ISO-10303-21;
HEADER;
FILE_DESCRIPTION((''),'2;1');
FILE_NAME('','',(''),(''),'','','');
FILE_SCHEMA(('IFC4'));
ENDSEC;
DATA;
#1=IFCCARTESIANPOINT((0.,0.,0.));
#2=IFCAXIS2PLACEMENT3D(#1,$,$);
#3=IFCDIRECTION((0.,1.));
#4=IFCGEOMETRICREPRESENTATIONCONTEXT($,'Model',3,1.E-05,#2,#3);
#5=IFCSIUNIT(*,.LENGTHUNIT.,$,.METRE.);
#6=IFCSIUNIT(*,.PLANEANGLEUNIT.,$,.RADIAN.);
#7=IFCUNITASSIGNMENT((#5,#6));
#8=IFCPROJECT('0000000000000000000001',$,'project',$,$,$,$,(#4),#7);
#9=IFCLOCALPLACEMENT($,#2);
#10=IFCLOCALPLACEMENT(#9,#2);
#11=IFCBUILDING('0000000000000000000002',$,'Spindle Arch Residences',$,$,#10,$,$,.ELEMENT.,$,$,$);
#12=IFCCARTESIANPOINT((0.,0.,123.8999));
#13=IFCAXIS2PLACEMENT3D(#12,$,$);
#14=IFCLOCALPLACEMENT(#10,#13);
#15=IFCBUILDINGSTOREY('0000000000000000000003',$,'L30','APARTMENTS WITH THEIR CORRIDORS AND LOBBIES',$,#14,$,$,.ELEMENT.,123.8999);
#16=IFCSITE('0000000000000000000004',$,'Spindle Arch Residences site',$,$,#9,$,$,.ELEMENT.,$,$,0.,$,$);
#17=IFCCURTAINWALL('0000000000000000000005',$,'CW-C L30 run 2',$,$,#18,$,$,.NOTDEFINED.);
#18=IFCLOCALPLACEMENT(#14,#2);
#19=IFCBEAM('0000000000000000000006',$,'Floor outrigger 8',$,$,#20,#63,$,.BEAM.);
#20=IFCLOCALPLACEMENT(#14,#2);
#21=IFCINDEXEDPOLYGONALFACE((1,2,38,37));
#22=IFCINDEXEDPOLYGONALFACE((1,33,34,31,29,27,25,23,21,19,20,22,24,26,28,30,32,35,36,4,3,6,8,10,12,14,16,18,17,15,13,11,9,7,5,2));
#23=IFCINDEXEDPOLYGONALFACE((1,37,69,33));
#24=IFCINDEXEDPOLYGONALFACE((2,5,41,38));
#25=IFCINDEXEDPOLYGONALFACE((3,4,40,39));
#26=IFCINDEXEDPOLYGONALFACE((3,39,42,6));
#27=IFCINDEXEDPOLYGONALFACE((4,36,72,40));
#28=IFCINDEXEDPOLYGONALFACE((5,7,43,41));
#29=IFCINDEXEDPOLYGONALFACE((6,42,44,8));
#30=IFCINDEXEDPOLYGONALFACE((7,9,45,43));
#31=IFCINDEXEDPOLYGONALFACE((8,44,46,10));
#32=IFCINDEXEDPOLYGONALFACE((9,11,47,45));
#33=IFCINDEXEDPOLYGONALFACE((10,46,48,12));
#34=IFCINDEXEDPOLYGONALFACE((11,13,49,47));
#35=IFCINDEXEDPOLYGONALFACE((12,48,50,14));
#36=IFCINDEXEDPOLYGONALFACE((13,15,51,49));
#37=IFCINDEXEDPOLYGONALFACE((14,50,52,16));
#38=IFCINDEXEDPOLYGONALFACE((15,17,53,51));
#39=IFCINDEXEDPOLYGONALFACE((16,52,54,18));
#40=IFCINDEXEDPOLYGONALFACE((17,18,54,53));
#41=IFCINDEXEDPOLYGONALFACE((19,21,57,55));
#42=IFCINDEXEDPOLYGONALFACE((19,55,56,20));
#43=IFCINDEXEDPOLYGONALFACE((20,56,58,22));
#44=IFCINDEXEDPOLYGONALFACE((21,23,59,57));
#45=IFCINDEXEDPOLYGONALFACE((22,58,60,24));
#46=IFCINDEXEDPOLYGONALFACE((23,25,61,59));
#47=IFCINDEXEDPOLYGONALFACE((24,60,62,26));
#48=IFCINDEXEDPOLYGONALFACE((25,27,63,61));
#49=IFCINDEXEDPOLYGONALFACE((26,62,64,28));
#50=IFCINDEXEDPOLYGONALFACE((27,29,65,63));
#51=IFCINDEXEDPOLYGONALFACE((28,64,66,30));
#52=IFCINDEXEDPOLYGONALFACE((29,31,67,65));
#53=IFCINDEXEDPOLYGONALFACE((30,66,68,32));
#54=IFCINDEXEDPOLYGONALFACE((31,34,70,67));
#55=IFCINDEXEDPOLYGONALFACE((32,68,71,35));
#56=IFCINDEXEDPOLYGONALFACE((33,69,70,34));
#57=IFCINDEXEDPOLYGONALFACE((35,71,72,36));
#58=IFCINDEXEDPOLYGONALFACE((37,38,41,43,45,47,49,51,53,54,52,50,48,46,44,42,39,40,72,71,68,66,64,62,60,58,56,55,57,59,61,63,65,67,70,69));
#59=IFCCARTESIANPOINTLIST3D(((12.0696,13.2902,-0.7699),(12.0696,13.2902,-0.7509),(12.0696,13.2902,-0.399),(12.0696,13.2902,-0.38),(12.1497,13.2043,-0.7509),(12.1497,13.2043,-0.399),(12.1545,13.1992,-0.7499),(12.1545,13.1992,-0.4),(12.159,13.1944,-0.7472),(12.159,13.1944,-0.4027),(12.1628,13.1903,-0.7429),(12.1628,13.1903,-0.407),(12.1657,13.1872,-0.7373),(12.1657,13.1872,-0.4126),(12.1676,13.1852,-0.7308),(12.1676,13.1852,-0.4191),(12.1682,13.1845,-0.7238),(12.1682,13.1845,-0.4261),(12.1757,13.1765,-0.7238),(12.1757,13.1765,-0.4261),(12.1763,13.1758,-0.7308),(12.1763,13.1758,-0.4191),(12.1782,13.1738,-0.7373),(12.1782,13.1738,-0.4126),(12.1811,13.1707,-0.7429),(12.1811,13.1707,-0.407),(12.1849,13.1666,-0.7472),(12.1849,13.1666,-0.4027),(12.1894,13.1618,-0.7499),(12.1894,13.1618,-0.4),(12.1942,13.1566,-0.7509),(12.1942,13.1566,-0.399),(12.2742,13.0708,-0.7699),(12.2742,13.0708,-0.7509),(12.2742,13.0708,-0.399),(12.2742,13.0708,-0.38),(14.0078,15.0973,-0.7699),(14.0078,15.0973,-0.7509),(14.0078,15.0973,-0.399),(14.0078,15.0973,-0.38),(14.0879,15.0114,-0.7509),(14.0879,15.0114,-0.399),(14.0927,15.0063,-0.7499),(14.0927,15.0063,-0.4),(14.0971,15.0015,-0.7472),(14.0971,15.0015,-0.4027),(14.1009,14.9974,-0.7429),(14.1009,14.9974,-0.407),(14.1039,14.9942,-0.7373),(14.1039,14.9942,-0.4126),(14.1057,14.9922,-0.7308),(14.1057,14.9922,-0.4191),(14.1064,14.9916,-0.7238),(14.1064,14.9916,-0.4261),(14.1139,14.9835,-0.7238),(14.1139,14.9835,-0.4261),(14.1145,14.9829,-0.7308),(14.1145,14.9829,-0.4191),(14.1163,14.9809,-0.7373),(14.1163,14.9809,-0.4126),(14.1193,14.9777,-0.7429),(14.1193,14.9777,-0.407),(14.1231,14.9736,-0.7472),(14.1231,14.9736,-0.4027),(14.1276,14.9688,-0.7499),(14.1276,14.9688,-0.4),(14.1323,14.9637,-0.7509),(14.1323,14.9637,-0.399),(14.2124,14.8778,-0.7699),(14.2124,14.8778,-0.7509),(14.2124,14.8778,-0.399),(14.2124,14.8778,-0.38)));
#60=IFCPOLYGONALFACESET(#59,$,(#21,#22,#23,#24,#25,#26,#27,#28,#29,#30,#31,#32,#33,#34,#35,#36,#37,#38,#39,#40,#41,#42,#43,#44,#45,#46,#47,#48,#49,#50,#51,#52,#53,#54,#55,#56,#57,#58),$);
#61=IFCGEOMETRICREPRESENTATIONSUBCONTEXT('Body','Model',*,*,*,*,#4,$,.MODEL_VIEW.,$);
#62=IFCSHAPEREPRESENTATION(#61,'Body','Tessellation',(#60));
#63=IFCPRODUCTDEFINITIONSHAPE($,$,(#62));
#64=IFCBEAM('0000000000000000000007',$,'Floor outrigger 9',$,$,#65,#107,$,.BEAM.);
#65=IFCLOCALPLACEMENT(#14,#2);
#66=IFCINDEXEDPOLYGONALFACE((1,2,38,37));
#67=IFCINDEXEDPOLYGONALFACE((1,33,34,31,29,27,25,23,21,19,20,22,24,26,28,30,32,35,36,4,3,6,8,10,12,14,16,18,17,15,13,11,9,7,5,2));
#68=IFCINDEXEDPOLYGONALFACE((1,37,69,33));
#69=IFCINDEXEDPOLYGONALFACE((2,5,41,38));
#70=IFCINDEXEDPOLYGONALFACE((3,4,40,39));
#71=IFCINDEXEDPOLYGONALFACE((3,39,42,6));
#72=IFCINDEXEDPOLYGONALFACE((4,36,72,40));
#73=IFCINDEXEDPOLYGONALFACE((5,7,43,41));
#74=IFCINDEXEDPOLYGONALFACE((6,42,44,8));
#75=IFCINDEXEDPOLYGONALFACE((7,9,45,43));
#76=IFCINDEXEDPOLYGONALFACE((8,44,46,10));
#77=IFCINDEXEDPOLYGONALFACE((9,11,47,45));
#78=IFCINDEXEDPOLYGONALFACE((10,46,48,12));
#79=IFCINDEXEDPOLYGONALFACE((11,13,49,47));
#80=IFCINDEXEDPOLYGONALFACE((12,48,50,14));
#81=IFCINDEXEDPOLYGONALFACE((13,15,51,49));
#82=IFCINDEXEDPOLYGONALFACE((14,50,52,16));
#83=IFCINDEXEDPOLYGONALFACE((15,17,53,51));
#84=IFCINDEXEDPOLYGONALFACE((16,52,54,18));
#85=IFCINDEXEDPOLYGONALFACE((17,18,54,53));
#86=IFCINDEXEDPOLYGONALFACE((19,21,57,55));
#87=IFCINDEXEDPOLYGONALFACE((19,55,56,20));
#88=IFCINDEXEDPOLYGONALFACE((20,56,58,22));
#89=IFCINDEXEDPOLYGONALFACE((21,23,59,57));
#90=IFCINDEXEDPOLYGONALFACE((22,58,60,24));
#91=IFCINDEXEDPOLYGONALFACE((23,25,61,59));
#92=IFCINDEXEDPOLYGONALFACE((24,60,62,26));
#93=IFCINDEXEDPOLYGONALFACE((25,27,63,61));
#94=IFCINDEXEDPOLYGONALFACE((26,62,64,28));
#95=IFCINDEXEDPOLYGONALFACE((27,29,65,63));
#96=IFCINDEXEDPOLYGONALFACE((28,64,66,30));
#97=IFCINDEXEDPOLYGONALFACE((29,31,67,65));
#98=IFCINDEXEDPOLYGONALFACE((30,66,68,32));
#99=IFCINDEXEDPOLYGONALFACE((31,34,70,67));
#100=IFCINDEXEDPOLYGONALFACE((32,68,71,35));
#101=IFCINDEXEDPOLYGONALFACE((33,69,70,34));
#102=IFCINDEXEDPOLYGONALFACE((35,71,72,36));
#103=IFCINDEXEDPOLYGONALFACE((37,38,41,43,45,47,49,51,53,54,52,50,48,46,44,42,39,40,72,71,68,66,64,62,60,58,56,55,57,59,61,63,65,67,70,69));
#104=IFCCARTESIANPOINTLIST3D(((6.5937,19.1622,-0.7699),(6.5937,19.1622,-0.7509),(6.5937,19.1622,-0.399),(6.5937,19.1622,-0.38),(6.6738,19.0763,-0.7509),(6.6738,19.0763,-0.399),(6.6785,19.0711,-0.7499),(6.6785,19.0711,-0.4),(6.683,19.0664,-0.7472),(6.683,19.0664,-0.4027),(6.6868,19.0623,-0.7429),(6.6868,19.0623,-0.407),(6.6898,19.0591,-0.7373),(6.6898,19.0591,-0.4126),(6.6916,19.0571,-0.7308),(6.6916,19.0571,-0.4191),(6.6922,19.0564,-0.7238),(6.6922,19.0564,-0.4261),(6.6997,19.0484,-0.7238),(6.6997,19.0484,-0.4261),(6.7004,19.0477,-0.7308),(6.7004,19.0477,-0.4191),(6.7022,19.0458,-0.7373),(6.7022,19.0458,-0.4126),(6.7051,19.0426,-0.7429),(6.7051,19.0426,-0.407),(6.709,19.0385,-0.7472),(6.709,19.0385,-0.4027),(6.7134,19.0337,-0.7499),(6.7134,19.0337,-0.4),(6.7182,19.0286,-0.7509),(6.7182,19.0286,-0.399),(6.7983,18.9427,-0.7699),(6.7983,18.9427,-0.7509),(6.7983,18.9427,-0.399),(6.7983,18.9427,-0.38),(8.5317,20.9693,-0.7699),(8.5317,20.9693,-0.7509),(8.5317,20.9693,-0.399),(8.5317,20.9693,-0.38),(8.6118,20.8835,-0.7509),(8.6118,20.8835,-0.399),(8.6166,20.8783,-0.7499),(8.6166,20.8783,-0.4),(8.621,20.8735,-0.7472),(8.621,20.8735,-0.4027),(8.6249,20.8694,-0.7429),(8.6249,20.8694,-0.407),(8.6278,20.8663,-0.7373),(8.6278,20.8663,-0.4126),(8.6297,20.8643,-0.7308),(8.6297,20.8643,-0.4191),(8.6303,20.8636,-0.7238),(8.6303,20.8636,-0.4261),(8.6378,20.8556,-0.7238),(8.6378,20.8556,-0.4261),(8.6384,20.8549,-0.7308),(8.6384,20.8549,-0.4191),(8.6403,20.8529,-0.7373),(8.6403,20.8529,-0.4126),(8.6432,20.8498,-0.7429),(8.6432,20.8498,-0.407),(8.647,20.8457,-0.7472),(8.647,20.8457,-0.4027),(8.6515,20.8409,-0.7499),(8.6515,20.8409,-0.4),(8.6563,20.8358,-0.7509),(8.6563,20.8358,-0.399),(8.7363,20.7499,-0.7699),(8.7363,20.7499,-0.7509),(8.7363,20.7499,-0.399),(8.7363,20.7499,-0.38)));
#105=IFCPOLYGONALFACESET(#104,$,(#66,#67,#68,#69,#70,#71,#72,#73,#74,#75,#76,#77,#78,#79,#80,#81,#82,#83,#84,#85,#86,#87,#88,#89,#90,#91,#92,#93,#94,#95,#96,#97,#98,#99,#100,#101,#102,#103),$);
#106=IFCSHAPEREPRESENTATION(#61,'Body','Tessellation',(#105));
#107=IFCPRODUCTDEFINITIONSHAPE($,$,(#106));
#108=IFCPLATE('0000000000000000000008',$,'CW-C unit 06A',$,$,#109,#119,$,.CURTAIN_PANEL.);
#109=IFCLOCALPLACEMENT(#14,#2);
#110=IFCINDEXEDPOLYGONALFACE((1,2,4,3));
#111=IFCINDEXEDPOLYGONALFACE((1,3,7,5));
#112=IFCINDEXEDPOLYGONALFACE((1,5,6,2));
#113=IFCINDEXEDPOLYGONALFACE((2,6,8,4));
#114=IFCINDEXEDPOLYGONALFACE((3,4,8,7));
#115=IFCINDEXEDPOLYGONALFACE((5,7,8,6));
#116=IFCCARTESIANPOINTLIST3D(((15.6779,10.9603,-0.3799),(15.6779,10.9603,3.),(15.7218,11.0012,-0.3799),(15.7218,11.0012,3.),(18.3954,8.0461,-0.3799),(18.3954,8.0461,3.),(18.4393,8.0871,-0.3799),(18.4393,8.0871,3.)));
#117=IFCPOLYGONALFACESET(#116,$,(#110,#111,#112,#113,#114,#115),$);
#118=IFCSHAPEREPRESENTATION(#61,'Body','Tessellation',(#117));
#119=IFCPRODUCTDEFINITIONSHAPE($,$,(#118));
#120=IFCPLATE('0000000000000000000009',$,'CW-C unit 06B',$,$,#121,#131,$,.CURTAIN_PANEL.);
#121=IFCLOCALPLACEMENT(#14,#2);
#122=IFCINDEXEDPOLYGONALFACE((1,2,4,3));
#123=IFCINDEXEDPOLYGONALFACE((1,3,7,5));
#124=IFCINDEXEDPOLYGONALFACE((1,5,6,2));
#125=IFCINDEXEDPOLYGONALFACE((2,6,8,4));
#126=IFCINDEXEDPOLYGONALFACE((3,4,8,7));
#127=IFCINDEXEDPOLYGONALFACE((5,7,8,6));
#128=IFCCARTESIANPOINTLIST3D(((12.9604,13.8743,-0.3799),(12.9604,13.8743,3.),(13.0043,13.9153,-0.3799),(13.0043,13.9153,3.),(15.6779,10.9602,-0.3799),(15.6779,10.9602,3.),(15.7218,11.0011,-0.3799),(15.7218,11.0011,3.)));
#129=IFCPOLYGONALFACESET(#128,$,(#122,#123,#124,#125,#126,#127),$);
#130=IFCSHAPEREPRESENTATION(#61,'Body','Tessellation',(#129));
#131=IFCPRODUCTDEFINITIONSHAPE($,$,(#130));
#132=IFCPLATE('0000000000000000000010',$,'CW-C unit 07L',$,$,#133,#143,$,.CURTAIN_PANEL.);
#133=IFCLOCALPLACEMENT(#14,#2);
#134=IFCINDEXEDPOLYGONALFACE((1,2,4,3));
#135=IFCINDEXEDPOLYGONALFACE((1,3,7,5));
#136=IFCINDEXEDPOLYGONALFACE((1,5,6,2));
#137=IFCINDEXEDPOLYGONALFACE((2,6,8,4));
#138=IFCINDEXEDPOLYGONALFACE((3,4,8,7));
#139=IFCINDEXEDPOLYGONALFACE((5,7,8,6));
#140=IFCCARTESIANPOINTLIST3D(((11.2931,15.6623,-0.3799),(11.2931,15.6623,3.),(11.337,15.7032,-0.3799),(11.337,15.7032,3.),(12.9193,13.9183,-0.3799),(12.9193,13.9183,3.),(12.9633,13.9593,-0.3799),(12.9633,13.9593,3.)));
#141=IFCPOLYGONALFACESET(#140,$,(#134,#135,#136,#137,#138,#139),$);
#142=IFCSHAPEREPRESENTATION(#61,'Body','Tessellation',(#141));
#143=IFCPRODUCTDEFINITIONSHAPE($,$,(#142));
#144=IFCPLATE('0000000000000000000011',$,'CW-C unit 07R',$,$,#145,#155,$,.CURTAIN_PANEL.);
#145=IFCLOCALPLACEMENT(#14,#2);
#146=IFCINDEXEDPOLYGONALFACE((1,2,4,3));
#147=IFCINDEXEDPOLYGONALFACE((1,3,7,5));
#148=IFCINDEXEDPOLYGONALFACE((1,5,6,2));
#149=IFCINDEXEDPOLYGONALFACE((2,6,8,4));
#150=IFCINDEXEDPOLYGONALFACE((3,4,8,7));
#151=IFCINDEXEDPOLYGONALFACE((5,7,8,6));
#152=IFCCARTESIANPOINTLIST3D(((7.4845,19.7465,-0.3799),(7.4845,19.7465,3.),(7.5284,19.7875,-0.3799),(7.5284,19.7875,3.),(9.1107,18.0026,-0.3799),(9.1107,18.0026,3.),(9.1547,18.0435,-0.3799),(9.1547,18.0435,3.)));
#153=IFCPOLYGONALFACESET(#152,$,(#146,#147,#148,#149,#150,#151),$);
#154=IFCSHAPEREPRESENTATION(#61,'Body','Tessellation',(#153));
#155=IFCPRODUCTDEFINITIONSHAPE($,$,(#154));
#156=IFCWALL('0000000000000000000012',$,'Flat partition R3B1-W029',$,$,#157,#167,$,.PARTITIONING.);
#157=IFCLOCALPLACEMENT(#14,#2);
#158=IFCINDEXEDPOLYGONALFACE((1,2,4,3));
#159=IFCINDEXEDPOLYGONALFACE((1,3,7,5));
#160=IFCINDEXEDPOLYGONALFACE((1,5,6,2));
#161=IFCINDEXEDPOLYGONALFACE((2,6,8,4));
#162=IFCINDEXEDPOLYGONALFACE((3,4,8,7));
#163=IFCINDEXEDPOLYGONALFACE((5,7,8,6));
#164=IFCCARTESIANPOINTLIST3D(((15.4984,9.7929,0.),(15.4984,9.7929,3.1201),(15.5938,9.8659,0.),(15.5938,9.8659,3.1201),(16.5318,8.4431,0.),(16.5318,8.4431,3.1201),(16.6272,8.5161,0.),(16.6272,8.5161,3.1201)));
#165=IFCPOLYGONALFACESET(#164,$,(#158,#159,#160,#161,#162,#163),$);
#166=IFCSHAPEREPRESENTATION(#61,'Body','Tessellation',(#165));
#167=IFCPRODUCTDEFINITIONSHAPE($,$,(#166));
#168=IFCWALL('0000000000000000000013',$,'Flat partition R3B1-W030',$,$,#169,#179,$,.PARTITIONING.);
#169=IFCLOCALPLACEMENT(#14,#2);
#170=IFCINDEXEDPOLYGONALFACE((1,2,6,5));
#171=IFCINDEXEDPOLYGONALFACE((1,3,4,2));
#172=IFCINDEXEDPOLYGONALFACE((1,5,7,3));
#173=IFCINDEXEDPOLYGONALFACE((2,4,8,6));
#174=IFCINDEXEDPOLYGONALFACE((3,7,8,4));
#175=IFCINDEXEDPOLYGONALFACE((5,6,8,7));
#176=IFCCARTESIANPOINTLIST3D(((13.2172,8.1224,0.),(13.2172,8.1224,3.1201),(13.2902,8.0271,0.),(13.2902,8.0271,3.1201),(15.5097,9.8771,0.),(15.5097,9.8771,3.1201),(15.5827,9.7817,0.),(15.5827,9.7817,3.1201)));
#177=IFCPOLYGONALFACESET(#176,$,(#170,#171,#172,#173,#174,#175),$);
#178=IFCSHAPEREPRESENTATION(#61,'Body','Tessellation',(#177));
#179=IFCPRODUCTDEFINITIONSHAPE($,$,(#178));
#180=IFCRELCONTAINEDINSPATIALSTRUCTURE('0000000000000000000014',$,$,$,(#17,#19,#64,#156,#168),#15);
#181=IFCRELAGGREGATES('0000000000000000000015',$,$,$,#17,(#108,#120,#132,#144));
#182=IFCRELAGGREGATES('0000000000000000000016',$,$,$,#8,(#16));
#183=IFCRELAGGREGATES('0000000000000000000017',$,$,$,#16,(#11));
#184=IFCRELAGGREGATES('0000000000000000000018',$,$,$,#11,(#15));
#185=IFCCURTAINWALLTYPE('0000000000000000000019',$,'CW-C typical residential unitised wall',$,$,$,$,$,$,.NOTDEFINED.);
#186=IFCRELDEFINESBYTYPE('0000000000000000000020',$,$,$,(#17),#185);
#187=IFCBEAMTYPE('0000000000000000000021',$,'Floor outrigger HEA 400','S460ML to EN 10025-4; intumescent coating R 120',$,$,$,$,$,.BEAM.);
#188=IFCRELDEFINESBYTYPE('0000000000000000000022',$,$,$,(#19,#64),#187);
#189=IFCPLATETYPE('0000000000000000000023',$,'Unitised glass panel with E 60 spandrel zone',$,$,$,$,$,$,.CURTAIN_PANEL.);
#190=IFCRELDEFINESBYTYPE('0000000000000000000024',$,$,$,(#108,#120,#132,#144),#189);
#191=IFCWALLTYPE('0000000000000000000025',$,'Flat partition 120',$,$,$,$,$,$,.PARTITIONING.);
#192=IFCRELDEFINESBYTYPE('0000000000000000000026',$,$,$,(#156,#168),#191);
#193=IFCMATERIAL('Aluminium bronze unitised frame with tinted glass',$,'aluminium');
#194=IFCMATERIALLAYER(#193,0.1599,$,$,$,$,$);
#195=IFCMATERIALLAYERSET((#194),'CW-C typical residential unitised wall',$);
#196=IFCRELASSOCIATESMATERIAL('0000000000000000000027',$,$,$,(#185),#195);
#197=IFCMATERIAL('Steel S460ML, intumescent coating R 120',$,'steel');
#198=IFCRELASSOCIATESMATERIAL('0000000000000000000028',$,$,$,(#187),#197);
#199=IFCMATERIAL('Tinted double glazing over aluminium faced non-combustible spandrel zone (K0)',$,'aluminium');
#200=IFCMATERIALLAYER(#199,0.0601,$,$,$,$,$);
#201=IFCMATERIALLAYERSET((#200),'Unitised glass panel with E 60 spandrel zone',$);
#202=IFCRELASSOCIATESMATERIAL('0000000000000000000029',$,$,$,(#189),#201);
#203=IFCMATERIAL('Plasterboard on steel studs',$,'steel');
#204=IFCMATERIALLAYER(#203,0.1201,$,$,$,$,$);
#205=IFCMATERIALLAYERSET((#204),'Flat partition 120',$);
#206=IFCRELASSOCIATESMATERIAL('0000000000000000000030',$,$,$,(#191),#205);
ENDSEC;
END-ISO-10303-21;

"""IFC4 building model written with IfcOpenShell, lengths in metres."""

from ifc_helpers import new_model, si_unit, direction, frame, frame_2d, origin, origin_2d, place, context, subcontext, project, spatial, rectangle, i_section, extrude, material, layer, layer_set, material_profile, profile_set, type_object, element, aggregate, save


model = new_model("IFC4")

# Units and contexts
model_context = context("Model", 3, precision=1e-05, world=origin(), true_north=direction((0.0, 1.0)))
body_context = subcontext(model_context, "Body", "Model", "MODEL_VIEW")
ifc_project = project(units=[si_unit("LENGTHUNIT", "METRE"), si_unit("PLANEANGLEUNIT", "RADIAN")], contexts=[model_context])

# Site, building, storey
site_placement = place(None, origin())
site = spatial("IfcSite", under=ifc_project, at=site_placement, Name="Spindle Arch Residences site", CompositionType="ELEMENT", RefElevation=0.0)
building_placement = place(site_placement, origin())
building = spatial("IfcBuilding", under=site, at=building_placement, Name="Spindle Arch Residences", CompositionType="ELEMENT")
storey_placement = place(building_placement, frame((0.0, 0.0, 123.8999)))
storey = spatial("IfcBuildingStorey", under=building, at=storey_placement, Name="L30", Description="APARTMENTS WITH THEIR CORRIDORS AND LOBBIES", CompositionType="ELEMENT", Elevation=123.8999)

# Curtain wall
ifc_material_1 = material(Name="Aluminium bronze unitised frame with tinted glass", Category="aluminium")
ifc_layer_1 = layer(ifc_material_1, 0.1599)
ifc_layer_set_1 = layer_set([ifc_layer_1], Name="CW-C typical residential unitised wall")
curtain_wall_type = type_object("IfcCurtainWallType", Name="CW-C typical residential unitised wall", PredefinedType="NOTDEFINED", material=ifc_layer_set_1)
curtain_wall_placement = place(storey_placement, origin())
curtain_wall = element("IfcCurtainWall", 1, at=curtain_wall_placement, inside=storey, type_object=curtain_wall_type, Name="CW-C L30 run 2", PredefinedType="NOTDEFINED")

# Beams
ifc_material_2 = material(Name="Steel S460ML, intumescent coating R 120", Category="steel")
ifc_material_profile_1 = material_profile(ifc_material_2, i_section(OverallWidth=0.3, OverallDepth=0.3899, WebThickness=0.011, FlangeThickness=0.019, FilletRadius=0.0271, at=origin_2d()), Name="HEA 400")
ifc_profile_set_1 = profile_set([ifc_material_profile_1], Name="Steel S460ML, intumescent coating R 120")
beam_type_1 = type_object("IfcBeamType", Name="Floor outrigger HEA 400", Description="S460ML to EN 10025-4; intumescent coating R 120", PredefinedType="BEAM", material=ifc_profile_set_1)
for number, where, z_axis, x_axis, name in (
    (2, (14.1101, 14.9875, -0.575), (-0.731411, -0.681937, 0.0), (0.681937, -0.731411, 0.0), "Floor outrigger 8"),
    (3, (8.634, 20.8596, -0.575), (-0.731368, -0.681983, 0.0), (0.681983, -0.731368, 0.0), "Floor outrigger 9"),
):
    element("IfcBeam", number, at=place(storey_placement, frame(where, z_axis=z_axis, x_axis=x_axis)), inside=storey, type_object=beam_type_1, Name=name, PredefinedType="BEAM", context=body_context, shape_type="SweptSolid", body=[
        extrude(i_section(OverallWidth=0.3, OverallDepth=0.3899, WebThickness=0.011, FlangeThickness=0.019, FilletRadius=0.0271, at=origin_2d()), origin(), (0.0, 0.0, 1.0), 2.6499),
    ])

# Plates
ifc_material_3 = material(Name="Tinted double glazing over aluminium faced non-combustible spandrel zone (K0)", Category="aluminium")
ifc_layer_2 = layer(ifc_material_3, 0.0601)
ifc_layer_set_2 = layer_set([ifc_layer_2], Name="Unitised glass panel with E 60 spandrel zone")
plate_type = type_object("IfcPlateType", Name="Unitised glass panel with E 60 spandrel zone", PredefinedType="CURTAIN_PANEL", material=ifc_layer_set_2)
plate_1_placement = place(storey_placement, frame((17.0586, 9.5237, -0.3799), z_axis=(0.0, 0.0, 1.0), x_axis=(-0.681998, 0.731354, 0.0)))
plate_1 = element("IfcPlate", 4, at=plate_1_placement, type_object=plate_type, Name="CW-C unit 06A", PredefinedType="CURTAIN_PANEL", context=body_context, shape_type="SweptSolid", body=[
    extrude(rectangle(XDim=3.9846, YDim=0.0601, at=origin_2d()), origin(), (0.0, 0.0, 1.0), 3.3799),
])
plate_2_placement = place(storey_placement, frame((14.3411, 12.4377, -0.3799), z_axis=(0.0, 0.0, 1.0), x_axis=(-0.681998, 0.731354, 0.0)))
plate_2 = element("IfcPlate", 5, at=plate_2_placement, type_object=plate_type, Name="CW-C unit 06B", PredefinedType="CURTAIN_PANEL", context=body_context, shape_type="SweptSolid", body=[
    extrude(rectangle(XDim=3.9846, YDim=0.0601, at=origin_2d()), origin(), (0.0, 0.0, 1.0), 3.3799),
])
plate_3_placement = place(storey_placement, frame((12.1282, 14.8108, -0.3799), z_axis=(0.0, 0.0, 1.0), x_axis=(-0.681998, 0.731354, 0.0)))
plate_3 = element("IfcPlate", 6, at=plate_3_placement, type_object=plate_type, Name="CW-C unit 07L", PredefinedType="CURTAIN_PANEL", context=body_context, shape_type="SweptSolid", body=[
    extrude(rectangle(XDim=2.3845, YDim=0.0601, at=origin_2d()), origin(), (0.0, 0.0, 1.0), 3.3799),
])
plate_4_placement = place(storey_placement, frame((8.3196, 18.895, -0.3799), z_axis=(0.0, 0.0, 1.0), x_axis=(-0.681998, 0.731354, 0.0)))
plate_4 = element("IfcPlate", 7, at=plate_4_placement, type_object=plate_type, Name="CW-C unit 07R", PredefinedType="CURTAIN_PANEL", context=body_context, shape_type="SweptSolid", body=[
    extrude(rectangle(XDim=2.3845, YDim=0.0601, at=origin_2d()), origin(), (0.0, 0.0, 1.0), 3.3799),
])
aggregate(curtain_wall, [plate_1, plate_2, plate_3, plate_4])

# Walls
ifc_material_4 = material(Name="Plasterboard on steel studs", Category="steel")
ifc_layer_3 = layer(ifc_material_4, 0.1201)
ifc_layer_set_3 = layer_set([ifc_layer_3], Name="Flat partition 120")
wall_type_1 = type_object("IfcWallType", Name="Flat partition 120", PredefinedType="PARTITIONING", material=ifc_layer_set_3)
wall_1_placement = place(storey_placement, frame((16.5796, 8.4795, 0.0), z_axis=(0.0, 0.0, 1.0), x_axis=(-0.607898, 0.794015, 0.0)))
element("IfcWall", 8, at=wall_1_placement, inside=storey, type_object=wall_type_1, Name="Flat partition R3B1-W029", PredefinedType="PARTITIONING", context=body_context, shape_type="SweptSolid", body=[
    extrude(rectangle(XDim=1.7, YDim=0.1201, at=frame_2d((0.8501, 0.0))), origin(), (0.0, 0.0, 1.0), 3.1201),
])
wall_2_placement = place(storey_placement, frame((15.5461, 9.8293, 0.0), z_axis=(0.0, 0.0, 1.0), x_axis=(-0.794096, -0.607792, 0.0)))
element("IfcWall", 9, at=wall_2_placement, inside=storey, type_object=wall_type_1, Name="Flat partition R3B1-W030", PredefinedType="PARTITIONING", context=body_context, shape_type="SweptSolid", body=[
    extrude(rectangle(XDim=2.887, YDim=0.1201, at=frame_2d((1.4434, 0.0))), origin(), (0.0, 0.0, 1.0), 3.1201),
])

save(model, "model.ifc")
